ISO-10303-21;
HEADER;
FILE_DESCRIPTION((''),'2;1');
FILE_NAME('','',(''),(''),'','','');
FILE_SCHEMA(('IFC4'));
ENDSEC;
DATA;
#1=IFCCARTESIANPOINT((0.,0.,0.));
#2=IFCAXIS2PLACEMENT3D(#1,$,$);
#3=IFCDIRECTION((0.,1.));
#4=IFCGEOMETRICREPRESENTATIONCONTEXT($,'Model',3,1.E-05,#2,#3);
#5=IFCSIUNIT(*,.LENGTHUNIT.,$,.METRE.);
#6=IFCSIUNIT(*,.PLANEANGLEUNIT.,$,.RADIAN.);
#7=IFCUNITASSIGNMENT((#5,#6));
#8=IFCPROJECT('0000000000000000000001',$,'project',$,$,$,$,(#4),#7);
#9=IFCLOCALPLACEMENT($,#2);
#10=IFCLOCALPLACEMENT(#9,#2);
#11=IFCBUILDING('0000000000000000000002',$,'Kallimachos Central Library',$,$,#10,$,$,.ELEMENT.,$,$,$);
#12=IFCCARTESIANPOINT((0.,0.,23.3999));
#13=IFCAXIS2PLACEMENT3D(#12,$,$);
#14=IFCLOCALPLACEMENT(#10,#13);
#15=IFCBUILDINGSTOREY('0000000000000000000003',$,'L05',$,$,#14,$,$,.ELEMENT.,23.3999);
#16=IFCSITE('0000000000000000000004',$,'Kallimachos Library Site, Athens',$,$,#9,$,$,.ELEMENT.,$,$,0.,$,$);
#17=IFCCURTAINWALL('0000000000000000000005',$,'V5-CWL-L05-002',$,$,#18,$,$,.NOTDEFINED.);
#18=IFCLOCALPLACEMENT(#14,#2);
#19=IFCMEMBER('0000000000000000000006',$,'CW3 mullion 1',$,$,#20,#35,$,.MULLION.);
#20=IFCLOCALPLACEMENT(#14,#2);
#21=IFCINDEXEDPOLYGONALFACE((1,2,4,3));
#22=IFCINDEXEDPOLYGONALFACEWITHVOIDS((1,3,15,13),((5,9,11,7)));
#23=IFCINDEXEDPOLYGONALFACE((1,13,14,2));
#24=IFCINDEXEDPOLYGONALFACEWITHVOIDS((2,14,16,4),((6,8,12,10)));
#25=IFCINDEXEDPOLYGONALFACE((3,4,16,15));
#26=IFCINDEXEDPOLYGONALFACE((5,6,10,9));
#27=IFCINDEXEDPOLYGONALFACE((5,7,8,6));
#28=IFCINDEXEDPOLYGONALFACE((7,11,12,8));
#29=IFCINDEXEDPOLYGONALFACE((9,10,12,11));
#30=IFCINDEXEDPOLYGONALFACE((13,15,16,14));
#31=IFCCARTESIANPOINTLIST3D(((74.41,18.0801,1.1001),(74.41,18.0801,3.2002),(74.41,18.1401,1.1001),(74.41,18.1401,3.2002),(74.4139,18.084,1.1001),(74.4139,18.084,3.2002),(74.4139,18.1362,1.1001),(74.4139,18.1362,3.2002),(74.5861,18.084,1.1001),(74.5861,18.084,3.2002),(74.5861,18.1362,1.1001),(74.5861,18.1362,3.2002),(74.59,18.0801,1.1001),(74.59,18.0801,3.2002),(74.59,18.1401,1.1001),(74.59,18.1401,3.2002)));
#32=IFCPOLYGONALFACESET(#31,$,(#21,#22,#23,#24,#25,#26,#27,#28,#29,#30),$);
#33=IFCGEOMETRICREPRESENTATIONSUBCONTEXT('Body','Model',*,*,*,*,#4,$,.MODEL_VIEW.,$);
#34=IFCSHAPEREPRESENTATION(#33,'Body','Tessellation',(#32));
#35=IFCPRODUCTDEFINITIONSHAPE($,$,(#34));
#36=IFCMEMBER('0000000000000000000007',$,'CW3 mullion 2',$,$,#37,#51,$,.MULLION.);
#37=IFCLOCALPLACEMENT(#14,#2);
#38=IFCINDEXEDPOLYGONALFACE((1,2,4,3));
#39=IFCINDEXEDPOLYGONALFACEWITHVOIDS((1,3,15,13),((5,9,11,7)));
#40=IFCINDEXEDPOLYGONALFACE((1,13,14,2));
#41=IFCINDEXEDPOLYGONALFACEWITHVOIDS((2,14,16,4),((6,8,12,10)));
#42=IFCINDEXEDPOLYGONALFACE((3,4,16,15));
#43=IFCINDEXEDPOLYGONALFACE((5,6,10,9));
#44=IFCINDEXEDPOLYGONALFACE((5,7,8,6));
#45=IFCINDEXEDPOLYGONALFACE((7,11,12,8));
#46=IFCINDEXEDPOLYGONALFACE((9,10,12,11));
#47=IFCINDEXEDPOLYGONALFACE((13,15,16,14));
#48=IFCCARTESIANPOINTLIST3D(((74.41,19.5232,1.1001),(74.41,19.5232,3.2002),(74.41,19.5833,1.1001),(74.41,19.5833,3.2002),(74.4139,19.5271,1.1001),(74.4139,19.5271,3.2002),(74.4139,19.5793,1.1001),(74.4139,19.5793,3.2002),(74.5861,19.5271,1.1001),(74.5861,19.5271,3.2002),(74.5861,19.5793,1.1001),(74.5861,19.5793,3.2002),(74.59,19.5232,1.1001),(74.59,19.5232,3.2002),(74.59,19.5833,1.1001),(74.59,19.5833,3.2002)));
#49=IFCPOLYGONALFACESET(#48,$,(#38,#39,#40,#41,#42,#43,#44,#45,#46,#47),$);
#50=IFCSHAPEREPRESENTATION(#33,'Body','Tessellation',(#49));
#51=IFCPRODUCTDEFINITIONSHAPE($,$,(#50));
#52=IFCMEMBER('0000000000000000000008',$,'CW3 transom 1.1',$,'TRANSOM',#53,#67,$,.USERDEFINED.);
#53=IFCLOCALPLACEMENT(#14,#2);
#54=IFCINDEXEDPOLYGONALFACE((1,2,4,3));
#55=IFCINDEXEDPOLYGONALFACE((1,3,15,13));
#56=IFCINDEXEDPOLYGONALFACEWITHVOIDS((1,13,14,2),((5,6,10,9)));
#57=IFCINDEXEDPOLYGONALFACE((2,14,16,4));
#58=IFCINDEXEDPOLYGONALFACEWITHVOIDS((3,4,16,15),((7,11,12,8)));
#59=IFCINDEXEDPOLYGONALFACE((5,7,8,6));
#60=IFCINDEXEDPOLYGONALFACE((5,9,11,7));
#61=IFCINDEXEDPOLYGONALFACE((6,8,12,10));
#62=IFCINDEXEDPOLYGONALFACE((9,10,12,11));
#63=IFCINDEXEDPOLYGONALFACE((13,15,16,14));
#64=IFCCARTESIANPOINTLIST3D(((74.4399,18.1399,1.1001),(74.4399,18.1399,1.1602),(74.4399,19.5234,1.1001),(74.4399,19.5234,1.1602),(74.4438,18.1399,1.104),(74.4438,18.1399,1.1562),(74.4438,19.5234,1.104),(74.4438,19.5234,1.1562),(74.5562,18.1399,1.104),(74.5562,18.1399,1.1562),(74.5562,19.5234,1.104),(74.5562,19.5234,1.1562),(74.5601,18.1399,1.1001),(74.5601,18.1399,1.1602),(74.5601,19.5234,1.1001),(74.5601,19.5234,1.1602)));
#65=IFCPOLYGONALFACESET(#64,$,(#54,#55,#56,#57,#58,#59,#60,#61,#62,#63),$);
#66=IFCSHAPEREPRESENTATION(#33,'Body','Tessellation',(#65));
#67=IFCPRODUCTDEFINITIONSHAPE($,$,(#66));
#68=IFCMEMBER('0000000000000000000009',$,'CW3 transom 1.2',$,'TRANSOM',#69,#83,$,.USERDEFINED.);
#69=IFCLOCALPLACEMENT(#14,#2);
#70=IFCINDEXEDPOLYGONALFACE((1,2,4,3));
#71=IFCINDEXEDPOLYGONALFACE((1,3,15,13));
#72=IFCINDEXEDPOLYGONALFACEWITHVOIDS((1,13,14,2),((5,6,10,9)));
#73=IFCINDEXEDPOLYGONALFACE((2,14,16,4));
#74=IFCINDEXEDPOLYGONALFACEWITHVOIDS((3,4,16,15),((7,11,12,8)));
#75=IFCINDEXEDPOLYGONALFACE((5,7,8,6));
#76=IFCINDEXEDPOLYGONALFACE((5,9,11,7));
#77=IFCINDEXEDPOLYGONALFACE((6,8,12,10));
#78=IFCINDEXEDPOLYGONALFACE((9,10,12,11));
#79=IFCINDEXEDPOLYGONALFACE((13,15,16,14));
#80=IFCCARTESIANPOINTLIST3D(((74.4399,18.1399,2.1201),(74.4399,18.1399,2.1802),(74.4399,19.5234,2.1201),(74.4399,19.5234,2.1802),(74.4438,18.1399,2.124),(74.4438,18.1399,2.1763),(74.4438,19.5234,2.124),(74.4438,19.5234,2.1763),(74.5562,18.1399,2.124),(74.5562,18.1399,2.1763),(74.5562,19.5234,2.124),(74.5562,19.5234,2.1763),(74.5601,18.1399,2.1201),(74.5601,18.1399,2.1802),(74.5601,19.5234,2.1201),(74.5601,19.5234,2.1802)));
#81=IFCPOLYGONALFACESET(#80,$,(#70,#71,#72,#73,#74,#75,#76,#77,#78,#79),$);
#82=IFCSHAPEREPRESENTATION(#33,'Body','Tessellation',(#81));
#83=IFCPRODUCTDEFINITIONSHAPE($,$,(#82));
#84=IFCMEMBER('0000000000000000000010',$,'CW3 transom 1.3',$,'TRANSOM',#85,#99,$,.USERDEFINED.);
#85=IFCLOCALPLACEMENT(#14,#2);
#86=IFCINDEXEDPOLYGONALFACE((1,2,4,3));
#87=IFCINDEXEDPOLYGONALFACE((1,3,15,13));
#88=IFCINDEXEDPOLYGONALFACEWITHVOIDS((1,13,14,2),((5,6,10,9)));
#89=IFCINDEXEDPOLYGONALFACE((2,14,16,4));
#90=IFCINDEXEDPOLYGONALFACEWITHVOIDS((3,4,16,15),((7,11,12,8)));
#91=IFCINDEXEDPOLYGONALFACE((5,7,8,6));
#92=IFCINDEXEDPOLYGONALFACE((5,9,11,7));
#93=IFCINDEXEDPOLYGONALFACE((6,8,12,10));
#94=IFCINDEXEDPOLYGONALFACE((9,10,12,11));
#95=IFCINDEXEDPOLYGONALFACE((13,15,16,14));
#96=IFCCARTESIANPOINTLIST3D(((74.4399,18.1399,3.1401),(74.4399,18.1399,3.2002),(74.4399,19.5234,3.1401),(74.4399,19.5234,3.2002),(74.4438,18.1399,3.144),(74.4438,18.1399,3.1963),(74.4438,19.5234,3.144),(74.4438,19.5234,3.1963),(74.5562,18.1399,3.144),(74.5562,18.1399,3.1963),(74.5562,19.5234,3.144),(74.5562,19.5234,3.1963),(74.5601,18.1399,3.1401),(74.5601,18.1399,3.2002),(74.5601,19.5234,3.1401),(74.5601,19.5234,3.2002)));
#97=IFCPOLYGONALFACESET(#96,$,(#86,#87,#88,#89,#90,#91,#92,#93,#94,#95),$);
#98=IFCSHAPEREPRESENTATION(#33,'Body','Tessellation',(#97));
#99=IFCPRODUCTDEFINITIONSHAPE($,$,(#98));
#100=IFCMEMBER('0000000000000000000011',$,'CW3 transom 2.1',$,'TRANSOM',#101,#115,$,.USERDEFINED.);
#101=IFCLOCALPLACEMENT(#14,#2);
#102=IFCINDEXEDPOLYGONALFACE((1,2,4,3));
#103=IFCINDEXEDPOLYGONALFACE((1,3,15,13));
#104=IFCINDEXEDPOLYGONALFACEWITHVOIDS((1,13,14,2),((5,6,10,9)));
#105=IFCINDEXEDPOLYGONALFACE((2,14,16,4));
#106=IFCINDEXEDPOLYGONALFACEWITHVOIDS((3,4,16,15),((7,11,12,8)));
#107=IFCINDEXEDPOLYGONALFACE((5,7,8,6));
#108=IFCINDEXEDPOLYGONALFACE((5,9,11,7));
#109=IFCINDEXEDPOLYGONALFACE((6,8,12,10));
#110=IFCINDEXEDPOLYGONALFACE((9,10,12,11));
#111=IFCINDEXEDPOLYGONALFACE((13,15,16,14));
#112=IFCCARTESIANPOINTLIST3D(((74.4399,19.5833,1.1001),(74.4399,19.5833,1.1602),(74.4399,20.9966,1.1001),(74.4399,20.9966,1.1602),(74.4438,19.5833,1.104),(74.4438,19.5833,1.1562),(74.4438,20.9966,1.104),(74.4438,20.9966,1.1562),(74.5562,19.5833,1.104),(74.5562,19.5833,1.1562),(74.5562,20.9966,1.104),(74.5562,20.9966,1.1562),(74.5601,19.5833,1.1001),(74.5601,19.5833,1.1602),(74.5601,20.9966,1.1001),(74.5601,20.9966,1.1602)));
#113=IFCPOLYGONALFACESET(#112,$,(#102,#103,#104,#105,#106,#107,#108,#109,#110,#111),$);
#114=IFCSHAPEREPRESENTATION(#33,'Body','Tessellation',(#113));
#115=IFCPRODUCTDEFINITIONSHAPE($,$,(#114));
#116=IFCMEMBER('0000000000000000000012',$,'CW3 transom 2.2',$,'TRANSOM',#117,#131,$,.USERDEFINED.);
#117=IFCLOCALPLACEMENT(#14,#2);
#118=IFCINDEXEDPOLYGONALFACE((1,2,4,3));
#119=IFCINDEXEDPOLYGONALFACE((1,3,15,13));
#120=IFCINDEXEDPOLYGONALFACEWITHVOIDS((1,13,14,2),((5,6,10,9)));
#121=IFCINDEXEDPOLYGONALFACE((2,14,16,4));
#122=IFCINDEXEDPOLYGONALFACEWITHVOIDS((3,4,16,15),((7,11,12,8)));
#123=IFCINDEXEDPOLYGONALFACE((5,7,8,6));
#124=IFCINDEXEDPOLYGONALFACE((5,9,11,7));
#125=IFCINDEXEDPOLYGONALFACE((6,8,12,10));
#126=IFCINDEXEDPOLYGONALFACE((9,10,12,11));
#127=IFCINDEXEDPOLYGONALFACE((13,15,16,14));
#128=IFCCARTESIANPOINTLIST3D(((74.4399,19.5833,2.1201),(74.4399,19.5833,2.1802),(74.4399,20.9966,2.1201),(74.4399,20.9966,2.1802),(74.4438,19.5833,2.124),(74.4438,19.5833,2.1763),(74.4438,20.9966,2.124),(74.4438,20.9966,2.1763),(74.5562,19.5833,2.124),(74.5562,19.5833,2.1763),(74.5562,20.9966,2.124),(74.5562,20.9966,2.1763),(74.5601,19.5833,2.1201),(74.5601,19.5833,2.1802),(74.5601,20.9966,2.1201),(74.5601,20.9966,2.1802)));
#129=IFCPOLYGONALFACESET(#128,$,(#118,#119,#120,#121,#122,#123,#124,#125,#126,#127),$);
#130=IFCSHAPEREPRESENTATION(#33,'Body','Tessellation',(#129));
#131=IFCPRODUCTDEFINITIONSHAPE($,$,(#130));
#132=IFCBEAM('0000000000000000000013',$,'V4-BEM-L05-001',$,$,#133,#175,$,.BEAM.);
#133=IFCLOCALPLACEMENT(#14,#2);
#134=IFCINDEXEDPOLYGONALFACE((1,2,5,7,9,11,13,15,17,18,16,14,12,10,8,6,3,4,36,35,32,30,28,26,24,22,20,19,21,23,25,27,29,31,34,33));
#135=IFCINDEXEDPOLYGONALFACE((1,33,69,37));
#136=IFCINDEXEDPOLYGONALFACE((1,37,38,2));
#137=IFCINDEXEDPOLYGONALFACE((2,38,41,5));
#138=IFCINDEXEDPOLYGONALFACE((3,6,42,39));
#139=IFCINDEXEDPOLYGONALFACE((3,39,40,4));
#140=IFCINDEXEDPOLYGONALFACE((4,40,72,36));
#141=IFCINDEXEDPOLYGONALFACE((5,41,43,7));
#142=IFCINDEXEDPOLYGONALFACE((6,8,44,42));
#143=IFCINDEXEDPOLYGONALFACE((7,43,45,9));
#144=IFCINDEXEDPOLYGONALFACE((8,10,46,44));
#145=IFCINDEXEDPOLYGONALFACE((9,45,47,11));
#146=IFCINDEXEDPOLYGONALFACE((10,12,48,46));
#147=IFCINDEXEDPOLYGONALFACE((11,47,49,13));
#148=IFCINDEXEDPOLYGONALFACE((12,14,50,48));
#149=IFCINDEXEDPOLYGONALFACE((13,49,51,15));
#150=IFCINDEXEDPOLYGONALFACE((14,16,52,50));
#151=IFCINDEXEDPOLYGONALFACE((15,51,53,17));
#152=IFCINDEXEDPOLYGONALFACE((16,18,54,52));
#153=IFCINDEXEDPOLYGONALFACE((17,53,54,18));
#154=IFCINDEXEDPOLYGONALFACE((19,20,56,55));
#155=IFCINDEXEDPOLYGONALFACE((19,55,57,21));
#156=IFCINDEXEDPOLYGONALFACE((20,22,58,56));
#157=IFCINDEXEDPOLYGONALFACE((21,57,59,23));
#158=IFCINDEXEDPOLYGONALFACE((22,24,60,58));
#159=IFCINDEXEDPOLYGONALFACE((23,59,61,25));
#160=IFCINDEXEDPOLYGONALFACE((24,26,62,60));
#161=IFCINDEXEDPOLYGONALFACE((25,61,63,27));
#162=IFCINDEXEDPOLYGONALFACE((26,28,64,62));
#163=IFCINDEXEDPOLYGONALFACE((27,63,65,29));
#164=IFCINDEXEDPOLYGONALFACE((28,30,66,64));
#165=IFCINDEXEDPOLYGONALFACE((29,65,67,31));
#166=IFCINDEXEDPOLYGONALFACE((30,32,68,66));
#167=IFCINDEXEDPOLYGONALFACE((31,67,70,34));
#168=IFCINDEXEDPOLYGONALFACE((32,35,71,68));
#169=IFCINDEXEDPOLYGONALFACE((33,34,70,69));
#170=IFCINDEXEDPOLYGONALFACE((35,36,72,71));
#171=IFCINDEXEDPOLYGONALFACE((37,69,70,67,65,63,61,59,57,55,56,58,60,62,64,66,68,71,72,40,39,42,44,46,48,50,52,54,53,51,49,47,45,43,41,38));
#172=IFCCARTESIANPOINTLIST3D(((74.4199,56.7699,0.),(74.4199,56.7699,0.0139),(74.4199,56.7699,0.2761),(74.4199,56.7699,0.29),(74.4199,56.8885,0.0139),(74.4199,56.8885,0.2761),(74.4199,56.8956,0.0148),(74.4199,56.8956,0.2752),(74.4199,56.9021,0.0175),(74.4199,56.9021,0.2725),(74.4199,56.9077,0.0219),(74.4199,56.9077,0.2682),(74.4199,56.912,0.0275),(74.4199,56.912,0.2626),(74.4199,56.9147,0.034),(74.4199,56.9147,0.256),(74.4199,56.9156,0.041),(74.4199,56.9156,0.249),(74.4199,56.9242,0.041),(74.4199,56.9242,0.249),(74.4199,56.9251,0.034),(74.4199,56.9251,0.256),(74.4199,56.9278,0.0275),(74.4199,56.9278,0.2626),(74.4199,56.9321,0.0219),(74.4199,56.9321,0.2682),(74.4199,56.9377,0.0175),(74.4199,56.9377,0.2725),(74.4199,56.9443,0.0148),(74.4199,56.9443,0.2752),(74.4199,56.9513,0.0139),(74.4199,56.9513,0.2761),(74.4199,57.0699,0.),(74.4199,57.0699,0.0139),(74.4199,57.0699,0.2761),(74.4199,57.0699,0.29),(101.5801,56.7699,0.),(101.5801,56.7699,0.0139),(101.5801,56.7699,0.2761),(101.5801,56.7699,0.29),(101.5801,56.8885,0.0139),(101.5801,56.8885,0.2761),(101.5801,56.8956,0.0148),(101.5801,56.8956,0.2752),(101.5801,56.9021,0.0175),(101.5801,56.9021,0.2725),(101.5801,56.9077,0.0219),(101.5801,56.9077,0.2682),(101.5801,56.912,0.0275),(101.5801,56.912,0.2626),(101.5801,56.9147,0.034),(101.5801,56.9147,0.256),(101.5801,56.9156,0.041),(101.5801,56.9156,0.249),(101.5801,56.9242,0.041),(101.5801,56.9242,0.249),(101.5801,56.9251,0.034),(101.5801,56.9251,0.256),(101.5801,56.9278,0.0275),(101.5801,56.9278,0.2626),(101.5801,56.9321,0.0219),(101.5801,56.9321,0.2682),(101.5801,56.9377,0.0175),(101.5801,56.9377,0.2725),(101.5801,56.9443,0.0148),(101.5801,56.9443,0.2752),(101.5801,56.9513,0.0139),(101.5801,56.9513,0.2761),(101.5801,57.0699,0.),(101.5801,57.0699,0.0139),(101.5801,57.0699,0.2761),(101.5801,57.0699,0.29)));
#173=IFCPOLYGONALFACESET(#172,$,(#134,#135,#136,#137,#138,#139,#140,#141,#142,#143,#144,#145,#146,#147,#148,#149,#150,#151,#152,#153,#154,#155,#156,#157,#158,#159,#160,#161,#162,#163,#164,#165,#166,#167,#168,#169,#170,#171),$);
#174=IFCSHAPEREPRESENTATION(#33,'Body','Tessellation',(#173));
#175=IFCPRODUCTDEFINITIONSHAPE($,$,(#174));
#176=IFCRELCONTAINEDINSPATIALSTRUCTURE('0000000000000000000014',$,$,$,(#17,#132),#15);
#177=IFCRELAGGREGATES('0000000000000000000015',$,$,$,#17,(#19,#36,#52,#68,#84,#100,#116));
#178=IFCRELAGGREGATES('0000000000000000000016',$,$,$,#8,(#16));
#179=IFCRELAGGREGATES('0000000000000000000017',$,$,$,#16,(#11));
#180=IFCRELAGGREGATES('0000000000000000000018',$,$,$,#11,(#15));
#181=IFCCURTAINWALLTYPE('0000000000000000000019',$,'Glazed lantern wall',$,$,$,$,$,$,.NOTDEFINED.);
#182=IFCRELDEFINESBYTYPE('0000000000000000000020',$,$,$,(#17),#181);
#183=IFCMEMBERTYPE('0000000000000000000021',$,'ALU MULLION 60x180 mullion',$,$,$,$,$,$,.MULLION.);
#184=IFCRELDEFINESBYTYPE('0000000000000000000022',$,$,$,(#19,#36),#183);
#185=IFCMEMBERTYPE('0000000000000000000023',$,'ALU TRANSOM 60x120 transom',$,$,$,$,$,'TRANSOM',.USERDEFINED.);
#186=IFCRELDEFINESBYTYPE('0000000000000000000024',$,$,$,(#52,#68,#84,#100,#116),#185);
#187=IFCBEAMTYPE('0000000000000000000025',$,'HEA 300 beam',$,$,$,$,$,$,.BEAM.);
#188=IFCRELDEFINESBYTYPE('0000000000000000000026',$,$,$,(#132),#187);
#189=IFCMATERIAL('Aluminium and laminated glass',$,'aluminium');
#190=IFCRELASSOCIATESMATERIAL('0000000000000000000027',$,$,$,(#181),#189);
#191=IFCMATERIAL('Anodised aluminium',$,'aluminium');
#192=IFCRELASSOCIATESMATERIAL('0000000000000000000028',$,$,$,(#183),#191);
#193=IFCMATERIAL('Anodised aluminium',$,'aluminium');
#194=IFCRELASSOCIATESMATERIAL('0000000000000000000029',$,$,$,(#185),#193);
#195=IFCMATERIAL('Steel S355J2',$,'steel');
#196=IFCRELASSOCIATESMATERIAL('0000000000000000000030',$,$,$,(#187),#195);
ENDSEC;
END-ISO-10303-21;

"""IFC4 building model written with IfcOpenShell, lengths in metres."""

from ifc_helpers import new_model, si_unit, direction, frame, origin, origin_2d, place, context, subcontext, project, spatial, hollow_rectangle, i_section, extrude, material, material_profile, profile_set, type_object, element, aggregate, save


model = new_model("IFC4")

# Units and contexts
model_context = context("Model", 3, precision=1e-05, world=origin(), true_north=direction((0.0, 1.0)))
body_context = subcontext(model_context, "Body", "Model", "MODEL_VIEW")
ifc_project = project(units=[si_unit("LENGTHUNIT", "METRE"), si_unit("PLANEANGLEUNIT", "RADIAN")], contexts=[model_context])

# Site, building, storey
site_placement = place(None, origin())
site = spatial("IfcSite", under=ifc_project, at=site_placement, Name="Kallimachos Library Site, Athens", CompositionType="ELEMENT", RefElevation=0.0)
building_placement = place(site_placement, origin())
building = spatial("IfcBuilding", under=site, at=building_placement, Name="Kallimachos Central Library", CompositionType="ELEMENT")
storey_placement = place(building_placement, frame((0.0, 0.0, 23.3999)))
storey = spatial("IfcBuildingStorey", under=building, at=storey_placement, Name="L05", CompositionType="ELEMENT", Elevation=23.3999)

# Curtain wall, members
ifc_material_1 = material(Name="Aluminium and laminated glass", Category="aluminium")
curtain_wall_type = type_object("IfcCurtainWallType", Name="Glazed lantern wall", PredefinedType="NOTDEFINED", material=ifc_material_1)
curtain_wall_placement = place(storey_placement, origin())
curtain_wall = element("IfcCurtainWall", 1, at=curtain_wall_placement, inside=storey, type_object=curtain_wall_type, Name="V5-CWL-L05-002", PredefinedType="NOTDEFINED")
ifc_material_2 = material(Name="Anodised aluminium", Category="aluminium")
ifc_material_profile_1 = material_profile(ifc_material_2, hollow_rectangle(XDim=0.0601, YDim=0.1799, WallThickness=0.0039, at=origin_2d()), Name="ALU MULLION 60x180")
ifc_profile_set_1 = profile_set([ifc_material_profile_1], Name="Anodised aluminium")
member_type_1 = type_object("IfcMemberType", Name="ALU MULLION 60x180 mullion", PredefinedType="MULLION", material=ifc_profile_set_1)
member_1_placement = place(storey_placement, frame((74.5, 18.1101, 1.1001), z_axis=(0.0, 0.0, 1.0), x_axis=(0.0, 1.0, 0.0)))
member_1 = element("IfcMember", 2, at=member_1_placement, type_object=member_type_1, Name="CW3 mullion 1", PredefinedType="MULLION", context=body_context, shape_type="SweptSolid", body=[
    extrude(hollow_rectangle(XDim=0.0601, YDim=0.1799, WallThickness=0.0039, at=origin_2d()), origin(), (0.0, 0.0, 1.0), 2.1001),
])
member_2_placement = place(storey_placement, frame((74.5, 19.5532, 1.1001), z_axis=(0.0, 0.0, 1.0), x_axis=(0.0, 1.0, 0.0)))
member_2 = element("IfcMember", 3, at=member_2_placement, type_object=member_type_1, Name="CW3 mullion 2", PredefinedType="MULLION", context=body_context, shape_type="SweptSolid", body=[
    extrude(hollow_rectangle(XDim=0.0601, YDim=0.1799, WallThickness=0.0039, at=origin_2d()), origin(), (0.0, 0.0, 1.0), 2.1001),
])
ifc_material_3 = material(Name="Anodised aluminium", Category="aluminium")
ifc_material_profile_2 = material_profile(ifc_material_3, hollow_rectangle(XDim=0.0601, YDim=0.1201, WallThickness=0.0039, at=origin_2d()), Name="ALU TRANSOM 60x120")
ifc_profile_set_2 = profile_set([ifc_material_profile_2], Name="Anodised aluminium")
member_type_2 = type_object("IfcMemberType", Name="ALU TRANSOM 60x120 transom", ElementType="TRANSOM", PredefinedType="USERDEFINED", material=ifc_profile_set_2)
member_3_placement = place(storey_placement, frame((74.5, 18.1399, 1.1301), z_axis=(0.0, 1.0, 0.0), x_axis=(0.0, 0.0, 1.0)))
member_3 = element("IfcMember", 4, at=member_3_placement, type_object=member_type_2, Name="CW3 transom 1.1", ObjectType="TRANSOM", PredefinedType="USERDEFINED", context=body_context, shape_type="SweptSolid", body=[
    extrude(hollow_rectangle(XDim=0.0601, YDim=0.1201, WallThickness=0.0039, at=origin_2d()), origin(), (0.0, 0.0, 1.0), 1.3835),
])
member_4_placement = place(storey_placement, frame((74.5, 18.1399, 2.1501), z_axis=(0.0, 1.0, 0.0), x_axis=(0.0, 0.0, 1.0)))
member_4 = element("IfcMember", 5, at=member_4_placement, type_object=member_type_2, Name="CW3 transom 1.2", ObjectType="TRANSOM", PredefinedType="USERDEFINED", context=body_context, shape_type="SweptSolid", body=[
    extrude(hollow_rectangle(XDim=0.0601, YDim=0.1201, WallThickness=0.0039, at=origin_2d()), origin(), (0.0, 0.0, 1.0), 1.3835),
])
member_5_placement = place(storey_placement, frame((74.5, 18.1399, 3.1702), z_axis=(0.0, 1.0, 0.0), x_axis=(0.0, 0.0, 1.0)))
member_5 = element("IfcMember", 6, at=member_5_placement, type_object=member_type_2, Name="CW3 transom 1.3", ObjectType="TRANSOM", PredefinedType="USERDEFINED", context=body_context, shape_type="SweptSolid", body=[
    extrude(hollow_rectangle(XDim=0.0601, YDim=0.1201, WallThickness=0.0039, at=origin_2d()), origin(), (0.0, 0.0, 1.0), 1.3835),
])
member_6_placement = place(storey_placement, frame((74.5, 19.5833, 1.1301), z_axis=(0.0, 1.0, 0.0), x_axis=(0.0, 0.0, 1.0)))
member_6 = element("IfcMember", 7, at=member_6_placement, type_object=member_type_2, Name="CW3 transom 2.1", ObjectType="TRANSOM", PredefinedType="USERDEFINED", context=body_context, shape_type="SweptSolid", body=[
    extrude(hollow_rectangle(XDim=0.0601, YDim=0.1201, WallThickness=0.0039, at=origin_2d()), origin(), (0.0, 0.0, 1.0), 1.4133),
])
member_7_placement = place(storey_placement, frame((74.5, 19.5833, 2.1501), z_axis=(0.0, 1.0, 0.0), x_axis=(0.0, 0.0, 1.0)))
member_7 = element("IfcMember", 8, at=member_7_placement, type_object=member_type_2, Name="CW3 transom 2.2", ObjectType="TRANSOM", PredefinedType="USERDEFINED", context=body_context, shape_type="SweptSolid", body=[
    extrude(hollow_rectangle(XDim=0.0601, YDim=0.1201, WallThickness=0.0039, at=origin_2d()), origin(), (0.0, 0.0, 1.0), 1.4133),
])

# Beam
ifc_material_4 = material(Name="Steel S355J2", Category="steel")
ifc_material_profile_3 = material_profile(ifc_material_4, i_section(OverallWidth=0.3, OverallDepth=0.29, WebThickness=0.0085, FlangeThickness=0.0139, FilletRadius=0.0271, at=origin_2d()), Name="HEA 300")
ifc_profile_set_3 = profile_set([ifc_material_profile_3], Name="Steel S355J2")
beam_type = type_object("IfcBeamType", Name="HEA 300 beam", PredefinedType="BEAM", material=ifc_profile_set_3)
beam_1_placement = place(storey_placement, frame((74.4199, 56.9199, 0.145), z_axis=(1.0, 0.0, 0.0), x_axis=(0.0, 1.0, 0.0)))
element("IfcBeam", 9, at=beam_1_placement, inside=storey, type_object=beam_type, Name="V4-BEM-L05-001", PredefinedType="BEAM", context=body_context, shape_type="SweptSolid", body=[
    extrude(i_section(OverallWidth=0.3, OverallDepth=0.29, WebThickness=0.0085, FlangeThickness=0.0139, FilletRadius=0.0271, at=origin_2d()), origin(), (0.0, 0.0, 1.0), 27.1602),
])

aggregate(curtain_wall, [member_1, member_2, member_3, member_4, member_5, member_6, member_7])

save(model, "model.ifc")
